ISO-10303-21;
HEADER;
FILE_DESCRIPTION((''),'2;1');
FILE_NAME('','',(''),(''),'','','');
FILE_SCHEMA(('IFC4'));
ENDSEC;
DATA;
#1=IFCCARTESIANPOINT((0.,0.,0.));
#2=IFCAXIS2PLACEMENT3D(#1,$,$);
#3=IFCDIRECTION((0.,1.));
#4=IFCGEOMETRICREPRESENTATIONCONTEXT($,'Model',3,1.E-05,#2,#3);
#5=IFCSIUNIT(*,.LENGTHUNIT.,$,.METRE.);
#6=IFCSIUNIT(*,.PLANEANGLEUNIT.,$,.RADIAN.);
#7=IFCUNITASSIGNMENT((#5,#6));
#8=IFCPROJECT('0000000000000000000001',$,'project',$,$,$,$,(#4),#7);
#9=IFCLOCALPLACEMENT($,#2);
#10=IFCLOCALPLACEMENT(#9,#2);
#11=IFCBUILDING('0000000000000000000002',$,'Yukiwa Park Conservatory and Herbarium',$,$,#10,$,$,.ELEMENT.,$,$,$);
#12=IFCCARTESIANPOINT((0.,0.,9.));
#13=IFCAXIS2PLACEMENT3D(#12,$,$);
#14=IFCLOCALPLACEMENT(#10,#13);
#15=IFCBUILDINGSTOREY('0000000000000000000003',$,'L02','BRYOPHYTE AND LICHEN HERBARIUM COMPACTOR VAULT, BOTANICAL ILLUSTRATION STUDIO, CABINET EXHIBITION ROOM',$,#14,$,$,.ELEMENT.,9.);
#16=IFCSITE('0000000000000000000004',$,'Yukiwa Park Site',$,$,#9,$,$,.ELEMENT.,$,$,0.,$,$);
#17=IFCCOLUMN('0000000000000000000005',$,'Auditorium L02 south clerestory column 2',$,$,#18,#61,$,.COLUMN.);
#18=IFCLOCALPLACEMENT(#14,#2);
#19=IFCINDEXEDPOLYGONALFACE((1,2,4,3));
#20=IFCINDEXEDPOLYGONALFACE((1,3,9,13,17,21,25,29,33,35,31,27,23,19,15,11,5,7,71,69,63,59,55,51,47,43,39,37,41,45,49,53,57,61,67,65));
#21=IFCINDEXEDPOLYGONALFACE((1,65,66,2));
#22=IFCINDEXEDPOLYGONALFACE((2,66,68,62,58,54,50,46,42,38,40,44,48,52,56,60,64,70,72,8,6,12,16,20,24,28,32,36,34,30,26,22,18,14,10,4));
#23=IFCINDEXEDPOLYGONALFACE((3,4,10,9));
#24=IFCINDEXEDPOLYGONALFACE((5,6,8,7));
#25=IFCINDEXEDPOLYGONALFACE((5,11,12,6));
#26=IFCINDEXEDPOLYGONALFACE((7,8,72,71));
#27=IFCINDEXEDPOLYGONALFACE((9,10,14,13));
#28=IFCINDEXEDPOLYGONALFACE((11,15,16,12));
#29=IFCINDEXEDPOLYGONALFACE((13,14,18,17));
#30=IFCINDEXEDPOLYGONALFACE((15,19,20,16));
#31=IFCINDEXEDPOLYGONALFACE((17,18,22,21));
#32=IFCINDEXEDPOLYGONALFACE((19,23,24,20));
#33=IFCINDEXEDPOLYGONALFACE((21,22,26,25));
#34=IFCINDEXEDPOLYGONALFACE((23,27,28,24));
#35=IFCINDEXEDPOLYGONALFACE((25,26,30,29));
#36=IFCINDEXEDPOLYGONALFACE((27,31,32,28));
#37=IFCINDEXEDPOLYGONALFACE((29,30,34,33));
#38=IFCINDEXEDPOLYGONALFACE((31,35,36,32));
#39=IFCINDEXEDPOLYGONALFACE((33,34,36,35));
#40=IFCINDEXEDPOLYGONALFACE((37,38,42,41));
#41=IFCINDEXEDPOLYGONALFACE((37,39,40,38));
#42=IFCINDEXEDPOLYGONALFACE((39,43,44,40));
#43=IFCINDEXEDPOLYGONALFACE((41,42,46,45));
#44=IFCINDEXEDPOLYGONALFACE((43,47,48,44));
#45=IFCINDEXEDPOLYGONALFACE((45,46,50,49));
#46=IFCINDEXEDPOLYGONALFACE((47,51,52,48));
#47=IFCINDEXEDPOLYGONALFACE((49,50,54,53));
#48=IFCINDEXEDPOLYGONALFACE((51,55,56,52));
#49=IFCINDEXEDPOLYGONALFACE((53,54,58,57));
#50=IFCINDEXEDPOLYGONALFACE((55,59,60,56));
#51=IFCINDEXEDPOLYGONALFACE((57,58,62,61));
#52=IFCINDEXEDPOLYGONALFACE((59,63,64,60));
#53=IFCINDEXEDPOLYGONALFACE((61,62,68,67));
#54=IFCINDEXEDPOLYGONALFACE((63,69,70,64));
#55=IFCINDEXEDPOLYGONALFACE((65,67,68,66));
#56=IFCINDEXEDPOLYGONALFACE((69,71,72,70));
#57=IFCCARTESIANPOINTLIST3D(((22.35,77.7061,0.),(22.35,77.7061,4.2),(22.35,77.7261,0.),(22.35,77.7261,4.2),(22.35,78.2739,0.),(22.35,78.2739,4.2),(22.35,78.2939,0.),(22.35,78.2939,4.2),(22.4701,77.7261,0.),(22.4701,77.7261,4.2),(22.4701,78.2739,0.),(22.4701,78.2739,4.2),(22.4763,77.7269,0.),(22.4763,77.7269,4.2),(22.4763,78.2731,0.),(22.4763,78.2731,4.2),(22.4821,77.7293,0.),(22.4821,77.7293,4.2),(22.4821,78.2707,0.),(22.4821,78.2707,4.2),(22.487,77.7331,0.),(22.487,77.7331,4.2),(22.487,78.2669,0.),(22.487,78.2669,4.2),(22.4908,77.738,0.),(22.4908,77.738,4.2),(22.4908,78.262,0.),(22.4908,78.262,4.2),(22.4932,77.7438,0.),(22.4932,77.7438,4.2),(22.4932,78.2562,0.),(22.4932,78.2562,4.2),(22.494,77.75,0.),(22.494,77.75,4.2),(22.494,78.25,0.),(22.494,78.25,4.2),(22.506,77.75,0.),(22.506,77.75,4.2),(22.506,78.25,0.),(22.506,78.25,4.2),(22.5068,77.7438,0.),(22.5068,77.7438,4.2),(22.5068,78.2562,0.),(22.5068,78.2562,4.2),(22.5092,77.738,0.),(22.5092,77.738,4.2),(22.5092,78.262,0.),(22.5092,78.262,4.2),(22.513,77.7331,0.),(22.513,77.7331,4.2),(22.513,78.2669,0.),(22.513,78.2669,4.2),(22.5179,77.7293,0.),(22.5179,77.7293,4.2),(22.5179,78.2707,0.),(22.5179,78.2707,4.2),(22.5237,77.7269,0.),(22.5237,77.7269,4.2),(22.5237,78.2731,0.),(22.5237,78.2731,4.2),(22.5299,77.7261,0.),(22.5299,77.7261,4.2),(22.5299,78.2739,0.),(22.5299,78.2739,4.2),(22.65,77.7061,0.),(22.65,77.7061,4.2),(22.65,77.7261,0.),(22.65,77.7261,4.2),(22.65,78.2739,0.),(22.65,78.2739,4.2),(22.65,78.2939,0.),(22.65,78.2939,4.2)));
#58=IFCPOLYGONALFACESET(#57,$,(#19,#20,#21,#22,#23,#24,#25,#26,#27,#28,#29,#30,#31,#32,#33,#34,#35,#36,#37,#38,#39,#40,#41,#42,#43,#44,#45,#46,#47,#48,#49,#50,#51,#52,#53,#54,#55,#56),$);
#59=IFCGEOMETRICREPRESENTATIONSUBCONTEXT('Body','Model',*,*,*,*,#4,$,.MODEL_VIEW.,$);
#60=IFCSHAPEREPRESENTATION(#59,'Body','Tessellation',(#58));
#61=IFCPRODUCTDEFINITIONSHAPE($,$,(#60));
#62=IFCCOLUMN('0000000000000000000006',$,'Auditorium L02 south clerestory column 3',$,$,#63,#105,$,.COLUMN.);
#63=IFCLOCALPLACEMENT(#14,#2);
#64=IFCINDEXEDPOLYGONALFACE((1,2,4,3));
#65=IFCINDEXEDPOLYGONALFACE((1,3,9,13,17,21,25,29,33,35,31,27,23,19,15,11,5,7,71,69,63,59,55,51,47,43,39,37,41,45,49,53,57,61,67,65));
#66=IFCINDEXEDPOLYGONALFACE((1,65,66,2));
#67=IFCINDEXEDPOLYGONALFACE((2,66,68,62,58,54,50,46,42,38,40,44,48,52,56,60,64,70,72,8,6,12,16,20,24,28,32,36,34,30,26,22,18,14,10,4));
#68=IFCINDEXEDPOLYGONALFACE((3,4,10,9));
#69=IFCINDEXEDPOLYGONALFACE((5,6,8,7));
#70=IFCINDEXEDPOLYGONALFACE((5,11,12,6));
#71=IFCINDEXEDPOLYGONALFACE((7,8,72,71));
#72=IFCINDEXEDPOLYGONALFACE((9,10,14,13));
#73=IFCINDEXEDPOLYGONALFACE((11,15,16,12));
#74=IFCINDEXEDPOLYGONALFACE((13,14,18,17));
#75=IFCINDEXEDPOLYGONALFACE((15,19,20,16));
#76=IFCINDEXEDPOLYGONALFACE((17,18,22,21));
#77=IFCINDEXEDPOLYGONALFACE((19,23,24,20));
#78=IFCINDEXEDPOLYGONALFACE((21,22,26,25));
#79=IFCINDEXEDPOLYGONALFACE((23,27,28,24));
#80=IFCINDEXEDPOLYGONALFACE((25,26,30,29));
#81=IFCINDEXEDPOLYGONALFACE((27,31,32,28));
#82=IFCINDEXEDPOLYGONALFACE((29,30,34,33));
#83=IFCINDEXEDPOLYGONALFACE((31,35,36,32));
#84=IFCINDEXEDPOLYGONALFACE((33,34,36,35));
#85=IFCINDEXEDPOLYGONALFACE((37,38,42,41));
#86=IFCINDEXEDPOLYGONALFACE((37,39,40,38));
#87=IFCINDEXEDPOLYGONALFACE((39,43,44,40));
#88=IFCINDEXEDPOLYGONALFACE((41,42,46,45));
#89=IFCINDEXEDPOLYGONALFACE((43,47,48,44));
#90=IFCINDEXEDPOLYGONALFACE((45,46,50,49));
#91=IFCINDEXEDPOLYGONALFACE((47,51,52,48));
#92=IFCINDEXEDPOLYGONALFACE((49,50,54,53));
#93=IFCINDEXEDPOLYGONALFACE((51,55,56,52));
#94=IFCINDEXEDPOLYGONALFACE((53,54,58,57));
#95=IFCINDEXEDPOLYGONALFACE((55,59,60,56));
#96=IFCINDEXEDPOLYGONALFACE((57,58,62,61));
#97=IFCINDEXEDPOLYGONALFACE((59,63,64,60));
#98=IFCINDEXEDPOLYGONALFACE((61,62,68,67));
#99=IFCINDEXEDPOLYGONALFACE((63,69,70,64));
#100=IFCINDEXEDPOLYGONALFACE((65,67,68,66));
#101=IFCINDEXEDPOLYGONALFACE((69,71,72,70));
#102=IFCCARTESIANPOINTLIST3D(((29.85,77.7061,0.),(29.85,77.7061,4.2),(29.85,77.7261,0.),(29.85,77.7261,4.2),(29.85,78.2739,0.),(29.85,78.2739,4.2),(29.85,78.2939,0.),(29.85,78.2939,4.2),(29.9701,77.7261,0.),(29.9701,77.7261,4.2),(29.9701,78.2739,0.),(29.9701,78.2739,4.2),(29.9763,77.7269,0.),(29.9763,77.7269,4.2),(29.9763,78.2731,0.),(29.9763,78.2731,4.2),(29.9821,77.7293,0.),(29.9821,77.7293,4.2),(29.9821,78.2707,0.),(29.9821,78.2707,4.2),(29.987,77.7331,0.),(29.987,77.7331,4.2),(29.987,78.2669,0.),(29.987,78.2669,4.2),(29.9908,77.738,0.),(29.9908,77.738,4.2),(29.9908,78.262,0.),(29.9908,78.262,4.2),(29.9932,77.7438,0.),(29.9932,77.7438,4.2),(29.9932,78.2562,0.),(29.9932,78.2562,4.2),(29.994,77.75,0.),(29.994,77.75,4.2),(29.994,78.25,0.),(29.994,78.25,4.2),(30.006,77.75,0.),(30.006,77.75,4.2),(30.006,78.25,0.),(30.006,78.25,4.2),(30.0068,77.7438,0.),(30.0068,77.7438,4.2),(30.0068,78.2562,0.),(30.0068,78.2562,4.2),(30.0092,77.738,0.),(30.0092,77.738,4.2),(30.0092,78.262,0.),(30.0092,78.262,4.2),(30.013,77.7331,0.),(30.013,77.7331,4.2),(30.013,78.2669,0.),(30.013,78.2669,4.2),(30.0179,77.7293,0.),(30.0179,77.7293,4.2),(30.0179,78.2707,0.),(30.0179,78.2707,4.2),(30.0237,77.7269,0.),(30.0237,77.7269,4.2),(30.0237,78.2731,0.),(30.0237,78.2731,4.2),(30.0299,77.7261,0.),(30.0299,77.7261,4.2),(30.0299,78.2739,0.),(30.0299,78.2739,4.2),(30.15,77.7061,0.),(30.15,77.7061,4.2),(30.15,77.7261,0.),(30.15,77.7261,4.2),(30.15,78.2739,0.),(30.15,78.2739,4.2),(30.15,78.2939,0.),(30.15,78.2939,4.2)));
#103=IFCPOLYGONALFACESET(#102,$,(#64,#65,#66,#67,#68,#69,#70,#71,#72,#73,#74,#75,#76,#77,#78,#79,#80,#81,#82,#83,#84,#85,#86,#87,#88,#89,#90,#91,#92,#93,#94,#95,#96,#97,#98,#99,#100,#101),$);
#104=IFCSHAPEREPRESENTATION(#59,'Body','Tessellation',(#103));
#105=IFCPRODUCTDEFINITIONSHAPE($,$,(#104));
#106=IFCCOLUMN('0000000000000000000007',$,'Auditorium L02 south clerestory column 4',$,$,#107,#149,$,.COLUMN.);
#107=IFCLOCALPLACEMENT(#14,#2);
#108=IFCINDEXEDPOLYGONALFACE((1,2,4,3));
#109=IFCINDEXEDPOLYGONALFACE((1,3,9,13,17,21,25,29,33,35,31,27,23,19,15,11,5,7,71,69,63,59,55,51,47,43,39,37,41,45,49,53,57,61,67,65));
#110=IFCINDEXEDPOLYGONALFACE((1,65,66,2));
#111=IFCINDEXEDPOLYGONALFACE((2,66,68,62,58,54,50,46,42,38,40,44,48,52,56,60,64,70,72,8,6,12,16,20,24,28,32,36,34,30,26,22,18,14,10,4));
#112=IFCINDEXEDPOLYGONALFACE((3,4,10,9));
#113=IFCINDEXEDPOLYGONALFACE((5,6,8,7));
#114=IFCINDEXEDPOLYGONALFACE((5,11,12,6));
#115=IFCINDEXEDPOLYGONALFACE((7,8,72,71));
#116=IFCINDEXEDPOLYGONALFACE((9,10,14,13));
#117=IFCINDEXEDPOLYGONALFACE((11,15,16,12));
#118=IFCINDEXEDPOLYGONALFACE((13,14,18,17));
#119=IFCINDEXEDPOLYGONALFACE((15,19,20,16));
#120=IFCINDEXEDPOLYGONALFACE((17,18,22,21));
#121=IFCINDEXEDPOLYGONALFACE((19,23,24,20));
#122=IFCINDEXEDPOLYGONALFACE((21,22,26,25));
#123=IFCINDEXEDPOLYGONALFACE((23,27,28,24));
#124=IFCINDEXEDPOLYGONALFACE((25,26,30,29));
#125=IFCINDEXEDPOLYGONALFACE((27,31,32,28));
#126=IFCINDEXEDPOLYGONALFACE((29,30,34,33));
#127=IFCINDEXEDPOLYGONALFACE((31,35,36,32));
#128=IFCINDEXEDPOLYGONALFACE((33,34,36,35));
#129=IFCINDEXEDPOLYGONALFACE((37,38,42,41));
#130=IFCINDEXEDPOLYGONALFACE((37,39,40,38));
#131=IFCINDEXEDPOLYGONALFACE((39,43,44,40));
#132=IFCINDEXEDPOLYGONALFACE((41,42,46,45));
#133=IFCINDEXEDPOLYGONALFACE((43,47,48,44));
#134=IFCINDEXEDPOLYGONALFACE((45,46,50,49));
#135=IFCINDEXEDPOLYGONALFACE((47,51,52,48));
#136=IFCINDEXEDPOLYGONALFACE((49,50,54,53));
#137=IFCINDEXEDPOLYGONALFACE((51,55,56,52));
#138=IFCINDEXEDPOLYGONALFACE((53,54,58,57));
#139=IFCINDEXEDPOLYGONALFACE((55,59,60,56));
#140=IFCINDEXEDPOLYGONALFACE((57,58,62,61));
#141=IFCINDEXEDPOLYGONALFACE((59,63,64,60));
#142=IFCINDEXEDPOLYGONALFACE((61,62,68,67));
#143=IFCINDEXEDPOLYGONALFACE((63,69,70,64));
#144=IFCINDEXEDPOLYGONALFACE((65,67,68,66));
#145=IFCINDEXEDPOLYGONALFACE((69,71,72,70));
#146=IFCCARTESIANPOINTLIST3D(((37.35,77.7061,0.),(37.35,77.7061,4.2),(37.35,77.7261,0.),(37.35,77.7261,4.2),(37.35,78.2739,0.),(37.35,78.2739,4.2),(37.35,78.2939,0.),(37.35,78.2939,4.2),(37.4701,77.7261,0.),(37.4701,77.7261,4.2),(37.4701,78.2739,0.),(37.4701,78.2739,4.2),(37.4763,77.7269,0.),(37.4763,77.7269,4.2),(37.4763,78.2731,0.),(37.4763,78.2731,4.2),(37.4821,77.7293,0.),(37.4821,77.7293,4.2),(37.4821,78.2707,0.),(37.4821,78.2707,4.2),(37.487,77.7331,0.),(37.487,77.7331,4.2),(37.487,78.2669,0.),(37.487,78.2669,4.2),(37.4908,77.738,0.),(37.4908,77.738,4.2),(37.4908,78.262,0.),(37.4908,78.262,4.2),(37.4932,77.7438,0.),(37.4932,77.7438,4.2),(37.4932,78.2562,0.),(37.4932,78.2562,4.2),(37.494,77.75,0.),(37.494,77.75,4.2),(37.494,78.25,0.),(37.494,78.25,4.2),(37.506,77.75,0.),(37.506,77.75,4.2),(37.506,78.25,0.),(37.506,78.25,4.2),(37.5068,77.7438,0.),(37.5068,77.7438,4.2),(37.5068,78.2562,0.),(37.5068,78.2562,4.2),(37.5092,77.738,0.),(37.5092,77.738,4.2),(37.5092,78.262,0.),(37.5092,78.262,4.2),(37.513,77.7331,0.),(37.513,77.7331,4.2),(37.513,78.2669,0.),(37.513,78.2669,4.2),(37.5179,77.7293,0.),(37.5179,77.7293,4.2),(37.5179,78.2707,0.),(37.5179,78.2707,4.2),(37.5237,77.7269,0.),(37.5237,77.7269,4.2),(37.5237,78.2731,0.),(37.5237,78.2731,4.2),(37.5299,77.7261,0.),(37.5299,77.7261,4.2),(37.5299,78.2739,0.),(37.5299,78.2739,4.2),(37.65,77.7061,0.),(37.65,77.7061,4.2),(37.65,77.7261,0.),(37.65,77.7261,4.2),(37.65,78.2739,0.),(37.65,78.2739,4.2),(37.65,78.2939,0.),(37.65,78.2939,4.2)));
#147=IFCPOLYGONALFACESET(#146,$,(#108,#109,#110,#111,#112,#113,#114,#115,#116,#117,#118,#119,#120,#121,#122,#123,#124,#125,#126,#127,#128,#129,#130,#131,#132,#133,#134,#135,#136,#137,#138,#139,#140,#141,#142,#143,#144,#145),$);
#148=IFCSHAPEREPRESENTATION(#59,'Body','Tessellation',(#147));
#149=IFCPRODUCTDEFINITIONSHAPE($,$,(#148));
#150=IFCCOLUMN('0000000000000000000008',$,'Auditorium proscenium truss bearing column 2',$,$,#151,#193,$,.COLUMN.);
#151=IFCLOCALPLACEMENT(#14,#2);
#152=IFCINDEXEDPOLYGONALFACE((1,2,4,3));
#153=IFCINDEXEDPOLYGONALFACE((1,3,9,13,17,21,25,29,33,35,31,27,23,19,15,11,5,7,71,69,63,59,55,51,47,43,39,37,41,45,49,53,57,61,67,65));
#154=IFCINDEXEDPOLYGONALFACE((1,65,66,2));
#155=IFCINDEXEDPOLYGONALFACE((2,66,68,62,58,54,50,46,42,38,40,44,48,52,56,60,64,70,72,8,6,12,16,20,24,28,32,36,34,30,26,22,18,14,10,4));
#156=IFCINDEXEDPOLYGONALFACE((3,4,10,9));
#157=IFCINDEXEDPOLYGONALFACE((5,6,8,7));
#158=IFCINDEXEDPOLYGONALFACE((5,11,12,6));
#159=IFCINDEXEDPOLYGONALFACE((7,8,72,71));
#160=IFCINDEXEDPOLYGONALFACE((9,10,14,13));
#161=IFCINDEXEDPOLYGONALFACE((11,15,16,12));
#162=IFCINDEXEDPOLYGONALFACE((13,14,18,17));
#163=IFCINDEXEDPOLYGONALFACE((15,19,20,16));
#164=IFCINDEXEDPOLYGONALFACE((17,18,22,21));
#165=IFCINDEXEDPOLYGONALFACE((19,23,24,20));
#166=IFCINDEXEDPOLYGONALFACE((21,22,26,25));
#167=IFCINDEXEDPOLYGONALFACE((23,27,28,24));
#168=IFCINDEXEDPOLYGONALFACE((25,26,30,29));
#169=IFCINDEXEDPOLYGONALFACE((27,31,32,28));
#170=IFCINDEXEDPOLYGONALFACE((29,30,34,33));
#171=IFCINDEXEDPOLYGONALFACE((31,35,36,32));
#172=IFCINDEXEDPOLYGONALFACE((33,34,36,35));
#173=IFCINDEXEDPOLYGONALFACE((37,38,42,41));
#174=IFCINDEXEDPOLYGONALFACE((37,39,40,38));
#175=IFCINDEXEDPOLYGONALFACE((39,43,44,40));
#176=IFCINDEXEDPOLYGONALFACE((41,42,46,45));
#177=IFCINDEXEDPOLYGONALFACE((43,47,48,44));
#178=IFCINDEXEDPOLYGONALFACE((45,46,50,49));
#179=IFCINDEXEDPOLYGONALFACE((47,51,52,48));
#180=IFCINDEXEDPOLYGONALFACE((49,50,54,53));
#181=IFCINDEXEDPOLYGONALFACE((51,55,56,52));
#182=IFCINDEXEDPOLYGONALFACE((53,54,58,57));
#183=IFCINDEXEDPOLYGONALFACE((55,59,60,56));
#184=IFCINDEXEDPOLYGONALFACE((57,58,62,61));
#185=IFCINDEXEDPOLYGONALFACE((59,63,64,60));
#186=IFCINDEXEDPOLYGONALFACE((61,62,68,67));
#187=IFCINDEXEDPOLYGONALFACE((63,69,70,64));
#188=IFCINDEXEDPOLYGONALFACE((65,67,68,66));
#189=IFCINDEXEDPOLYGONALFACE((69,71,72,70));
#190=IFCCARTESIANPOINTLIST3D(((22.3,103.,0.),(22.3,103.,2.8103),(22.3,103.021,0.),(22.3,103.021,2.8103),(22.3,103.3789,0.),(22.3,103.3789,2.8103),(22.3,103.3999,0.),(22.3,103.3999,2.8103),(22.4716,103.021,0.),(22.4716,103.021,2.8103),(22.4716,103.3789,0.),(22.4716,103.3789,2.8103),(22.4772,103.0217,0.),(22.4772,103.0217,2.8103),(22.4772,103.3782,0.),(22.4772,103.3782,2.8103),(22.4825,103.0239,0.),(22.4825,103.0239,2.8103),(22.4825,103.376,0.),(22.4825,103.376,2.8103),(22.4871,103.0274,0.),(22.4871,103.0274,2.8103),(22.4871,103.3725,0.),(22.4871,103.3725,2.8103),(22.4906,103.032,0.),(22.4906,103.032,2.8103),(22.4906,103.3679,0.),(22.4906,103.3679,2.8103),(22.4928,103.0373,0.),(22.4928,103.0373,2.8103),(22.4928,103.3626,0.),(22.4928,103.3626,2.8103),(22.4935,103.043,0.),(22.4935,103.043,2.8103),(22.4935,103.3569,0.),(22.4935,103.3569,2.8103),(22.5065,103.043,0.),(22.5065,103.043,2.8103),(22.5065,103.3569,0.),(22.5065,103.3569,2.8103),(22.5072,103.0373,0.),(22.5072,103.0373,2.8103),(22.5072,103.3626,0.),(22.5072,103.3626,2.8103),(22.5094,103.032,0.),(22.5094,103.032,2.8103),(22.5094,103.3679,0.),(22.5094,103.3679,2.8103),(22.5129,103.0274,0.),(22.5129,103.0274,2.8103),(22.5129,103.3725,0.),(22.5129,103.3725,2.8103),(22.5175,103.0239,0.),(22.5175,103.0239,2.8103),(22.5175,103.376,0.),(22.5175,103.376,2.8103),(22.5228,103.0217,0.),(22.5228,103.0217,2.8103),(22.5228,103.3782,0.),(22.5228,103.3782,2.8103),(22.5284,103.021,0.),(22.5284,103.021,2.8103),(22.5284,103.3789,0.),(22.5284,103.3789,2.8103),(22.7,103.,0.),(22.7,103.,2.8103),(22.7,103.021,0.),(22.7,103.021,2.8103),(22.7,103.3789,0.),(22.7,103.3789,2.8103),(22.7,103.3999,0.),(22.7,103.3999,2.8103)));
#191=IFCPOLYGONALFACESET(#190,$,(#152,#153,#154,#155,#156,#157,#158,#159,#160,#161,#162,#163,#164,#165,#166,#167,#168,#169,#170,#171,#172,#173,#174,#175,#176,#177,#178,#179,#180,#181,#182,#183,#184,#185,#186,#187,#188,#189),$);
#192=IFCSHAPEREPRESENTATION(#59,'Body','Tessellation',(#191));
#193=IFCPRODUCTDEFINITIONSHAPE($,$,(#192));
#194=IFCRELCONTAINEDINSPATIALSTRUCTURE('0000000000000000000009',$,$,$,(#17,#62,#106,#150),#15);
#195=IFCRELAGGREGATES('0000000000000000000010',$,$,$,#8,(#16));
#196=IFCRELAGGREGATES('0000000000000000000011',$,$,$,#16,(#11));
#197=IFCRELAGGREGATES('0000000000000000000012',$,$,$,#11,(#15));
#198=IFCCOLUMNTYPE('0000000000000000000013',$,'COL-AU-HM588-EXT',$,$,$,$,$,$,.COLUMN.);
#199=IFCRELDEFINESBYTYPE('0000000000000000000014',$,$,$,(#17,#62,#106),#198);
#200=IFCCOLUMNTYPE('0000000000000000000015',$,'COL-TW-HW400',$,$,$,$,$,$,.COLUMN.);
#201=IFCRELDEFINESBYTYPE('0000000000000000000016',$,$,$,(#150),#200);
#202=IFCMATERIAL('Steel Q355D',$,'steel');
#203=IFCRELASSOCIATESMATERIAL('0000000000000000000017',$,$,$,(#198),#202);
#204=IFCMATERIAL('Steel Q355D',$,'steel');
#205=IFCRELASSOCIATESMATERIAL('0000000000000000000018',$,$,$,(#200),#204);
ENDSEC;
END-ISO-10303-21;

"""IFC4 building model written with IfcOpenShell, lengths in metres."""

from ifc_helpers import new_model, si_unit, direction, frame, origin, origin_2d, place, context, subcontext, project, spatial, i_section, extrude, material, material_profile, profile_set, type_object, element, save


model = new_model("IFC4")

# Units and contexts
model_context = context("Model", 3, precision=1e-05, world=origin(), true_north=direction((0.0, 1.0)))
body_context = subcontext(model_context, "Body", "Model", "MODEL_VIEW")
ifc_project = project(units=[si_unit("LENGTHUNIT", "METRE"), si_unit("PLANEANGLEUNIT", "RADIAN")], contexts=[model_context])

# Site, building, storey
site_placement = place(None, origin())
site = spatial("IfcSite", under=ifc_project, at=site_placement, Name="Yukiwa Park Site", CompositionType="ELEMENT", RefElevation=0.0)
building_placement = place(site_placement, origin())
building = spatial("IfcBuilding", under=site, at=building_placement, Name="Yukiwa Park Conservatory and Herbarium", CompositionType="ELEMENT")
storey_placement = place(building_placement, frame((0.0, 0.0, 9.0)))
storey = spatial("IfcBuildingStorey", under=building, at=storey_placement, Name="L02", Description="BRYOPHYTE AND LICHEN HERBARIUM COMPACTOR VAULT, BOTANICAL ILLUSTRATION STUDIO, CABINET EXHIBITION ROOM", CompositionType="ELEMENT", Elevation=9.0)

# Columns
ifc_material_1 = material(Name="Steel Q355D", Category="steel")
ifc_material_profile_1 = material_profile(ifc_material_1, i_section(OverallWidth=0.3, OverallDepth=0.5879, WebThickness=0.012, FlangeThickness=0.02, FilletRadius=0.0239, at=origin_2d()), Name="HM 588x300x12x20")
ifc_profile_set_1 = profile_set([ifc_material_profile_1], Name="Steel Q355D")
column_type_1 = type_object("IfcColumnType", Name="COL-AU-HM588-EXT", PredefinedType="COLUMN", material=ifc_profile_set_1)
for number, where, z_axis, x_axis, name in (
    (1, (22.5, 78.0, 0.0), (0.0, 0.0, 1.0), (1.0, 0.0, 0.0), "Auditorium L02 south clerestory column 2"),
    (2, (30.0, 78.0, 0.0), (0.0, 0.0, 1.0), (1.0, 0.0, 0.0), "Auditorium L02 south clerestory column 3"),
    (3, (37.5, 78.0, 0.0), (0.0, 0.0, 1.0), (1.0, 0.0, 0.0), "Auditorium L02 south clerestory column 4"),
):
    element("IfcColumn", number, at=place(storey_placement, frame(where, z_axis=z_axis, x_axis=x_axis)), inside=storey, type_object=column_type_1, Name=name, PredefinedType="COLUMN", context=body_context, shape_type="SweptSolid", body=[
        extrude(i_section(OverallWidth=0.3, OverallDepth=0.5879, WebThickness=0.012, FlangeThickness=0.02, FilletRadius=0.0239, at=origin_2d()), origin(), (0.0, 0.0, 1.0), 4.2),
    ])
ifc_material_2 = material(Name="Steel Q355D", Category="steel")
ifc_material_profile_2 = material_profile(ifc_material_2, i_section(OverallWidth=0.3999, OverallDepth=0.3999, WebThickness=0.0129, FlangeThickness=0.021, FilletRadius=0.022, at=origin_2d()), Name="HW 400x400x13x21")
ifc_profile_set_2 = profile_set([ifc_material_profile_2], Name="Steel Q355D")
column_type_2 = type_object("IfcColumnType", Name="COL-TW-HW400", PredefinedType="COLUMN", material=ifc_profile_set_2)
for number, where, z_axis, x_axis, name in (
    (4, (22.5, 103.2, 0.0), (0.0, 0.0, 1.0), (1.0, 0.0, 0.0), "Auditorium proscenium truss bearing column 2"),
):
    element("IfcColumn", number, at=place(storey_placement, frame(where, z_axis=z_axis, x_axis=x_axis)), inside=storey, type_object=column_type_2, Name=name, PredefinedType="COLUMN", context=body_context, shape_type="SweptSolid", body=[
        extrude(i_section(OverallWidth=0.3999, OverallDepth=0.3999, WebThickness=0.0129, FlangeThickness=0.021, FilletRadius=0.022, at=origin_2d()), origin(), (0.0, 0.0, 1.0), 2.8103),
    ])

save(model, "model.ifc")
